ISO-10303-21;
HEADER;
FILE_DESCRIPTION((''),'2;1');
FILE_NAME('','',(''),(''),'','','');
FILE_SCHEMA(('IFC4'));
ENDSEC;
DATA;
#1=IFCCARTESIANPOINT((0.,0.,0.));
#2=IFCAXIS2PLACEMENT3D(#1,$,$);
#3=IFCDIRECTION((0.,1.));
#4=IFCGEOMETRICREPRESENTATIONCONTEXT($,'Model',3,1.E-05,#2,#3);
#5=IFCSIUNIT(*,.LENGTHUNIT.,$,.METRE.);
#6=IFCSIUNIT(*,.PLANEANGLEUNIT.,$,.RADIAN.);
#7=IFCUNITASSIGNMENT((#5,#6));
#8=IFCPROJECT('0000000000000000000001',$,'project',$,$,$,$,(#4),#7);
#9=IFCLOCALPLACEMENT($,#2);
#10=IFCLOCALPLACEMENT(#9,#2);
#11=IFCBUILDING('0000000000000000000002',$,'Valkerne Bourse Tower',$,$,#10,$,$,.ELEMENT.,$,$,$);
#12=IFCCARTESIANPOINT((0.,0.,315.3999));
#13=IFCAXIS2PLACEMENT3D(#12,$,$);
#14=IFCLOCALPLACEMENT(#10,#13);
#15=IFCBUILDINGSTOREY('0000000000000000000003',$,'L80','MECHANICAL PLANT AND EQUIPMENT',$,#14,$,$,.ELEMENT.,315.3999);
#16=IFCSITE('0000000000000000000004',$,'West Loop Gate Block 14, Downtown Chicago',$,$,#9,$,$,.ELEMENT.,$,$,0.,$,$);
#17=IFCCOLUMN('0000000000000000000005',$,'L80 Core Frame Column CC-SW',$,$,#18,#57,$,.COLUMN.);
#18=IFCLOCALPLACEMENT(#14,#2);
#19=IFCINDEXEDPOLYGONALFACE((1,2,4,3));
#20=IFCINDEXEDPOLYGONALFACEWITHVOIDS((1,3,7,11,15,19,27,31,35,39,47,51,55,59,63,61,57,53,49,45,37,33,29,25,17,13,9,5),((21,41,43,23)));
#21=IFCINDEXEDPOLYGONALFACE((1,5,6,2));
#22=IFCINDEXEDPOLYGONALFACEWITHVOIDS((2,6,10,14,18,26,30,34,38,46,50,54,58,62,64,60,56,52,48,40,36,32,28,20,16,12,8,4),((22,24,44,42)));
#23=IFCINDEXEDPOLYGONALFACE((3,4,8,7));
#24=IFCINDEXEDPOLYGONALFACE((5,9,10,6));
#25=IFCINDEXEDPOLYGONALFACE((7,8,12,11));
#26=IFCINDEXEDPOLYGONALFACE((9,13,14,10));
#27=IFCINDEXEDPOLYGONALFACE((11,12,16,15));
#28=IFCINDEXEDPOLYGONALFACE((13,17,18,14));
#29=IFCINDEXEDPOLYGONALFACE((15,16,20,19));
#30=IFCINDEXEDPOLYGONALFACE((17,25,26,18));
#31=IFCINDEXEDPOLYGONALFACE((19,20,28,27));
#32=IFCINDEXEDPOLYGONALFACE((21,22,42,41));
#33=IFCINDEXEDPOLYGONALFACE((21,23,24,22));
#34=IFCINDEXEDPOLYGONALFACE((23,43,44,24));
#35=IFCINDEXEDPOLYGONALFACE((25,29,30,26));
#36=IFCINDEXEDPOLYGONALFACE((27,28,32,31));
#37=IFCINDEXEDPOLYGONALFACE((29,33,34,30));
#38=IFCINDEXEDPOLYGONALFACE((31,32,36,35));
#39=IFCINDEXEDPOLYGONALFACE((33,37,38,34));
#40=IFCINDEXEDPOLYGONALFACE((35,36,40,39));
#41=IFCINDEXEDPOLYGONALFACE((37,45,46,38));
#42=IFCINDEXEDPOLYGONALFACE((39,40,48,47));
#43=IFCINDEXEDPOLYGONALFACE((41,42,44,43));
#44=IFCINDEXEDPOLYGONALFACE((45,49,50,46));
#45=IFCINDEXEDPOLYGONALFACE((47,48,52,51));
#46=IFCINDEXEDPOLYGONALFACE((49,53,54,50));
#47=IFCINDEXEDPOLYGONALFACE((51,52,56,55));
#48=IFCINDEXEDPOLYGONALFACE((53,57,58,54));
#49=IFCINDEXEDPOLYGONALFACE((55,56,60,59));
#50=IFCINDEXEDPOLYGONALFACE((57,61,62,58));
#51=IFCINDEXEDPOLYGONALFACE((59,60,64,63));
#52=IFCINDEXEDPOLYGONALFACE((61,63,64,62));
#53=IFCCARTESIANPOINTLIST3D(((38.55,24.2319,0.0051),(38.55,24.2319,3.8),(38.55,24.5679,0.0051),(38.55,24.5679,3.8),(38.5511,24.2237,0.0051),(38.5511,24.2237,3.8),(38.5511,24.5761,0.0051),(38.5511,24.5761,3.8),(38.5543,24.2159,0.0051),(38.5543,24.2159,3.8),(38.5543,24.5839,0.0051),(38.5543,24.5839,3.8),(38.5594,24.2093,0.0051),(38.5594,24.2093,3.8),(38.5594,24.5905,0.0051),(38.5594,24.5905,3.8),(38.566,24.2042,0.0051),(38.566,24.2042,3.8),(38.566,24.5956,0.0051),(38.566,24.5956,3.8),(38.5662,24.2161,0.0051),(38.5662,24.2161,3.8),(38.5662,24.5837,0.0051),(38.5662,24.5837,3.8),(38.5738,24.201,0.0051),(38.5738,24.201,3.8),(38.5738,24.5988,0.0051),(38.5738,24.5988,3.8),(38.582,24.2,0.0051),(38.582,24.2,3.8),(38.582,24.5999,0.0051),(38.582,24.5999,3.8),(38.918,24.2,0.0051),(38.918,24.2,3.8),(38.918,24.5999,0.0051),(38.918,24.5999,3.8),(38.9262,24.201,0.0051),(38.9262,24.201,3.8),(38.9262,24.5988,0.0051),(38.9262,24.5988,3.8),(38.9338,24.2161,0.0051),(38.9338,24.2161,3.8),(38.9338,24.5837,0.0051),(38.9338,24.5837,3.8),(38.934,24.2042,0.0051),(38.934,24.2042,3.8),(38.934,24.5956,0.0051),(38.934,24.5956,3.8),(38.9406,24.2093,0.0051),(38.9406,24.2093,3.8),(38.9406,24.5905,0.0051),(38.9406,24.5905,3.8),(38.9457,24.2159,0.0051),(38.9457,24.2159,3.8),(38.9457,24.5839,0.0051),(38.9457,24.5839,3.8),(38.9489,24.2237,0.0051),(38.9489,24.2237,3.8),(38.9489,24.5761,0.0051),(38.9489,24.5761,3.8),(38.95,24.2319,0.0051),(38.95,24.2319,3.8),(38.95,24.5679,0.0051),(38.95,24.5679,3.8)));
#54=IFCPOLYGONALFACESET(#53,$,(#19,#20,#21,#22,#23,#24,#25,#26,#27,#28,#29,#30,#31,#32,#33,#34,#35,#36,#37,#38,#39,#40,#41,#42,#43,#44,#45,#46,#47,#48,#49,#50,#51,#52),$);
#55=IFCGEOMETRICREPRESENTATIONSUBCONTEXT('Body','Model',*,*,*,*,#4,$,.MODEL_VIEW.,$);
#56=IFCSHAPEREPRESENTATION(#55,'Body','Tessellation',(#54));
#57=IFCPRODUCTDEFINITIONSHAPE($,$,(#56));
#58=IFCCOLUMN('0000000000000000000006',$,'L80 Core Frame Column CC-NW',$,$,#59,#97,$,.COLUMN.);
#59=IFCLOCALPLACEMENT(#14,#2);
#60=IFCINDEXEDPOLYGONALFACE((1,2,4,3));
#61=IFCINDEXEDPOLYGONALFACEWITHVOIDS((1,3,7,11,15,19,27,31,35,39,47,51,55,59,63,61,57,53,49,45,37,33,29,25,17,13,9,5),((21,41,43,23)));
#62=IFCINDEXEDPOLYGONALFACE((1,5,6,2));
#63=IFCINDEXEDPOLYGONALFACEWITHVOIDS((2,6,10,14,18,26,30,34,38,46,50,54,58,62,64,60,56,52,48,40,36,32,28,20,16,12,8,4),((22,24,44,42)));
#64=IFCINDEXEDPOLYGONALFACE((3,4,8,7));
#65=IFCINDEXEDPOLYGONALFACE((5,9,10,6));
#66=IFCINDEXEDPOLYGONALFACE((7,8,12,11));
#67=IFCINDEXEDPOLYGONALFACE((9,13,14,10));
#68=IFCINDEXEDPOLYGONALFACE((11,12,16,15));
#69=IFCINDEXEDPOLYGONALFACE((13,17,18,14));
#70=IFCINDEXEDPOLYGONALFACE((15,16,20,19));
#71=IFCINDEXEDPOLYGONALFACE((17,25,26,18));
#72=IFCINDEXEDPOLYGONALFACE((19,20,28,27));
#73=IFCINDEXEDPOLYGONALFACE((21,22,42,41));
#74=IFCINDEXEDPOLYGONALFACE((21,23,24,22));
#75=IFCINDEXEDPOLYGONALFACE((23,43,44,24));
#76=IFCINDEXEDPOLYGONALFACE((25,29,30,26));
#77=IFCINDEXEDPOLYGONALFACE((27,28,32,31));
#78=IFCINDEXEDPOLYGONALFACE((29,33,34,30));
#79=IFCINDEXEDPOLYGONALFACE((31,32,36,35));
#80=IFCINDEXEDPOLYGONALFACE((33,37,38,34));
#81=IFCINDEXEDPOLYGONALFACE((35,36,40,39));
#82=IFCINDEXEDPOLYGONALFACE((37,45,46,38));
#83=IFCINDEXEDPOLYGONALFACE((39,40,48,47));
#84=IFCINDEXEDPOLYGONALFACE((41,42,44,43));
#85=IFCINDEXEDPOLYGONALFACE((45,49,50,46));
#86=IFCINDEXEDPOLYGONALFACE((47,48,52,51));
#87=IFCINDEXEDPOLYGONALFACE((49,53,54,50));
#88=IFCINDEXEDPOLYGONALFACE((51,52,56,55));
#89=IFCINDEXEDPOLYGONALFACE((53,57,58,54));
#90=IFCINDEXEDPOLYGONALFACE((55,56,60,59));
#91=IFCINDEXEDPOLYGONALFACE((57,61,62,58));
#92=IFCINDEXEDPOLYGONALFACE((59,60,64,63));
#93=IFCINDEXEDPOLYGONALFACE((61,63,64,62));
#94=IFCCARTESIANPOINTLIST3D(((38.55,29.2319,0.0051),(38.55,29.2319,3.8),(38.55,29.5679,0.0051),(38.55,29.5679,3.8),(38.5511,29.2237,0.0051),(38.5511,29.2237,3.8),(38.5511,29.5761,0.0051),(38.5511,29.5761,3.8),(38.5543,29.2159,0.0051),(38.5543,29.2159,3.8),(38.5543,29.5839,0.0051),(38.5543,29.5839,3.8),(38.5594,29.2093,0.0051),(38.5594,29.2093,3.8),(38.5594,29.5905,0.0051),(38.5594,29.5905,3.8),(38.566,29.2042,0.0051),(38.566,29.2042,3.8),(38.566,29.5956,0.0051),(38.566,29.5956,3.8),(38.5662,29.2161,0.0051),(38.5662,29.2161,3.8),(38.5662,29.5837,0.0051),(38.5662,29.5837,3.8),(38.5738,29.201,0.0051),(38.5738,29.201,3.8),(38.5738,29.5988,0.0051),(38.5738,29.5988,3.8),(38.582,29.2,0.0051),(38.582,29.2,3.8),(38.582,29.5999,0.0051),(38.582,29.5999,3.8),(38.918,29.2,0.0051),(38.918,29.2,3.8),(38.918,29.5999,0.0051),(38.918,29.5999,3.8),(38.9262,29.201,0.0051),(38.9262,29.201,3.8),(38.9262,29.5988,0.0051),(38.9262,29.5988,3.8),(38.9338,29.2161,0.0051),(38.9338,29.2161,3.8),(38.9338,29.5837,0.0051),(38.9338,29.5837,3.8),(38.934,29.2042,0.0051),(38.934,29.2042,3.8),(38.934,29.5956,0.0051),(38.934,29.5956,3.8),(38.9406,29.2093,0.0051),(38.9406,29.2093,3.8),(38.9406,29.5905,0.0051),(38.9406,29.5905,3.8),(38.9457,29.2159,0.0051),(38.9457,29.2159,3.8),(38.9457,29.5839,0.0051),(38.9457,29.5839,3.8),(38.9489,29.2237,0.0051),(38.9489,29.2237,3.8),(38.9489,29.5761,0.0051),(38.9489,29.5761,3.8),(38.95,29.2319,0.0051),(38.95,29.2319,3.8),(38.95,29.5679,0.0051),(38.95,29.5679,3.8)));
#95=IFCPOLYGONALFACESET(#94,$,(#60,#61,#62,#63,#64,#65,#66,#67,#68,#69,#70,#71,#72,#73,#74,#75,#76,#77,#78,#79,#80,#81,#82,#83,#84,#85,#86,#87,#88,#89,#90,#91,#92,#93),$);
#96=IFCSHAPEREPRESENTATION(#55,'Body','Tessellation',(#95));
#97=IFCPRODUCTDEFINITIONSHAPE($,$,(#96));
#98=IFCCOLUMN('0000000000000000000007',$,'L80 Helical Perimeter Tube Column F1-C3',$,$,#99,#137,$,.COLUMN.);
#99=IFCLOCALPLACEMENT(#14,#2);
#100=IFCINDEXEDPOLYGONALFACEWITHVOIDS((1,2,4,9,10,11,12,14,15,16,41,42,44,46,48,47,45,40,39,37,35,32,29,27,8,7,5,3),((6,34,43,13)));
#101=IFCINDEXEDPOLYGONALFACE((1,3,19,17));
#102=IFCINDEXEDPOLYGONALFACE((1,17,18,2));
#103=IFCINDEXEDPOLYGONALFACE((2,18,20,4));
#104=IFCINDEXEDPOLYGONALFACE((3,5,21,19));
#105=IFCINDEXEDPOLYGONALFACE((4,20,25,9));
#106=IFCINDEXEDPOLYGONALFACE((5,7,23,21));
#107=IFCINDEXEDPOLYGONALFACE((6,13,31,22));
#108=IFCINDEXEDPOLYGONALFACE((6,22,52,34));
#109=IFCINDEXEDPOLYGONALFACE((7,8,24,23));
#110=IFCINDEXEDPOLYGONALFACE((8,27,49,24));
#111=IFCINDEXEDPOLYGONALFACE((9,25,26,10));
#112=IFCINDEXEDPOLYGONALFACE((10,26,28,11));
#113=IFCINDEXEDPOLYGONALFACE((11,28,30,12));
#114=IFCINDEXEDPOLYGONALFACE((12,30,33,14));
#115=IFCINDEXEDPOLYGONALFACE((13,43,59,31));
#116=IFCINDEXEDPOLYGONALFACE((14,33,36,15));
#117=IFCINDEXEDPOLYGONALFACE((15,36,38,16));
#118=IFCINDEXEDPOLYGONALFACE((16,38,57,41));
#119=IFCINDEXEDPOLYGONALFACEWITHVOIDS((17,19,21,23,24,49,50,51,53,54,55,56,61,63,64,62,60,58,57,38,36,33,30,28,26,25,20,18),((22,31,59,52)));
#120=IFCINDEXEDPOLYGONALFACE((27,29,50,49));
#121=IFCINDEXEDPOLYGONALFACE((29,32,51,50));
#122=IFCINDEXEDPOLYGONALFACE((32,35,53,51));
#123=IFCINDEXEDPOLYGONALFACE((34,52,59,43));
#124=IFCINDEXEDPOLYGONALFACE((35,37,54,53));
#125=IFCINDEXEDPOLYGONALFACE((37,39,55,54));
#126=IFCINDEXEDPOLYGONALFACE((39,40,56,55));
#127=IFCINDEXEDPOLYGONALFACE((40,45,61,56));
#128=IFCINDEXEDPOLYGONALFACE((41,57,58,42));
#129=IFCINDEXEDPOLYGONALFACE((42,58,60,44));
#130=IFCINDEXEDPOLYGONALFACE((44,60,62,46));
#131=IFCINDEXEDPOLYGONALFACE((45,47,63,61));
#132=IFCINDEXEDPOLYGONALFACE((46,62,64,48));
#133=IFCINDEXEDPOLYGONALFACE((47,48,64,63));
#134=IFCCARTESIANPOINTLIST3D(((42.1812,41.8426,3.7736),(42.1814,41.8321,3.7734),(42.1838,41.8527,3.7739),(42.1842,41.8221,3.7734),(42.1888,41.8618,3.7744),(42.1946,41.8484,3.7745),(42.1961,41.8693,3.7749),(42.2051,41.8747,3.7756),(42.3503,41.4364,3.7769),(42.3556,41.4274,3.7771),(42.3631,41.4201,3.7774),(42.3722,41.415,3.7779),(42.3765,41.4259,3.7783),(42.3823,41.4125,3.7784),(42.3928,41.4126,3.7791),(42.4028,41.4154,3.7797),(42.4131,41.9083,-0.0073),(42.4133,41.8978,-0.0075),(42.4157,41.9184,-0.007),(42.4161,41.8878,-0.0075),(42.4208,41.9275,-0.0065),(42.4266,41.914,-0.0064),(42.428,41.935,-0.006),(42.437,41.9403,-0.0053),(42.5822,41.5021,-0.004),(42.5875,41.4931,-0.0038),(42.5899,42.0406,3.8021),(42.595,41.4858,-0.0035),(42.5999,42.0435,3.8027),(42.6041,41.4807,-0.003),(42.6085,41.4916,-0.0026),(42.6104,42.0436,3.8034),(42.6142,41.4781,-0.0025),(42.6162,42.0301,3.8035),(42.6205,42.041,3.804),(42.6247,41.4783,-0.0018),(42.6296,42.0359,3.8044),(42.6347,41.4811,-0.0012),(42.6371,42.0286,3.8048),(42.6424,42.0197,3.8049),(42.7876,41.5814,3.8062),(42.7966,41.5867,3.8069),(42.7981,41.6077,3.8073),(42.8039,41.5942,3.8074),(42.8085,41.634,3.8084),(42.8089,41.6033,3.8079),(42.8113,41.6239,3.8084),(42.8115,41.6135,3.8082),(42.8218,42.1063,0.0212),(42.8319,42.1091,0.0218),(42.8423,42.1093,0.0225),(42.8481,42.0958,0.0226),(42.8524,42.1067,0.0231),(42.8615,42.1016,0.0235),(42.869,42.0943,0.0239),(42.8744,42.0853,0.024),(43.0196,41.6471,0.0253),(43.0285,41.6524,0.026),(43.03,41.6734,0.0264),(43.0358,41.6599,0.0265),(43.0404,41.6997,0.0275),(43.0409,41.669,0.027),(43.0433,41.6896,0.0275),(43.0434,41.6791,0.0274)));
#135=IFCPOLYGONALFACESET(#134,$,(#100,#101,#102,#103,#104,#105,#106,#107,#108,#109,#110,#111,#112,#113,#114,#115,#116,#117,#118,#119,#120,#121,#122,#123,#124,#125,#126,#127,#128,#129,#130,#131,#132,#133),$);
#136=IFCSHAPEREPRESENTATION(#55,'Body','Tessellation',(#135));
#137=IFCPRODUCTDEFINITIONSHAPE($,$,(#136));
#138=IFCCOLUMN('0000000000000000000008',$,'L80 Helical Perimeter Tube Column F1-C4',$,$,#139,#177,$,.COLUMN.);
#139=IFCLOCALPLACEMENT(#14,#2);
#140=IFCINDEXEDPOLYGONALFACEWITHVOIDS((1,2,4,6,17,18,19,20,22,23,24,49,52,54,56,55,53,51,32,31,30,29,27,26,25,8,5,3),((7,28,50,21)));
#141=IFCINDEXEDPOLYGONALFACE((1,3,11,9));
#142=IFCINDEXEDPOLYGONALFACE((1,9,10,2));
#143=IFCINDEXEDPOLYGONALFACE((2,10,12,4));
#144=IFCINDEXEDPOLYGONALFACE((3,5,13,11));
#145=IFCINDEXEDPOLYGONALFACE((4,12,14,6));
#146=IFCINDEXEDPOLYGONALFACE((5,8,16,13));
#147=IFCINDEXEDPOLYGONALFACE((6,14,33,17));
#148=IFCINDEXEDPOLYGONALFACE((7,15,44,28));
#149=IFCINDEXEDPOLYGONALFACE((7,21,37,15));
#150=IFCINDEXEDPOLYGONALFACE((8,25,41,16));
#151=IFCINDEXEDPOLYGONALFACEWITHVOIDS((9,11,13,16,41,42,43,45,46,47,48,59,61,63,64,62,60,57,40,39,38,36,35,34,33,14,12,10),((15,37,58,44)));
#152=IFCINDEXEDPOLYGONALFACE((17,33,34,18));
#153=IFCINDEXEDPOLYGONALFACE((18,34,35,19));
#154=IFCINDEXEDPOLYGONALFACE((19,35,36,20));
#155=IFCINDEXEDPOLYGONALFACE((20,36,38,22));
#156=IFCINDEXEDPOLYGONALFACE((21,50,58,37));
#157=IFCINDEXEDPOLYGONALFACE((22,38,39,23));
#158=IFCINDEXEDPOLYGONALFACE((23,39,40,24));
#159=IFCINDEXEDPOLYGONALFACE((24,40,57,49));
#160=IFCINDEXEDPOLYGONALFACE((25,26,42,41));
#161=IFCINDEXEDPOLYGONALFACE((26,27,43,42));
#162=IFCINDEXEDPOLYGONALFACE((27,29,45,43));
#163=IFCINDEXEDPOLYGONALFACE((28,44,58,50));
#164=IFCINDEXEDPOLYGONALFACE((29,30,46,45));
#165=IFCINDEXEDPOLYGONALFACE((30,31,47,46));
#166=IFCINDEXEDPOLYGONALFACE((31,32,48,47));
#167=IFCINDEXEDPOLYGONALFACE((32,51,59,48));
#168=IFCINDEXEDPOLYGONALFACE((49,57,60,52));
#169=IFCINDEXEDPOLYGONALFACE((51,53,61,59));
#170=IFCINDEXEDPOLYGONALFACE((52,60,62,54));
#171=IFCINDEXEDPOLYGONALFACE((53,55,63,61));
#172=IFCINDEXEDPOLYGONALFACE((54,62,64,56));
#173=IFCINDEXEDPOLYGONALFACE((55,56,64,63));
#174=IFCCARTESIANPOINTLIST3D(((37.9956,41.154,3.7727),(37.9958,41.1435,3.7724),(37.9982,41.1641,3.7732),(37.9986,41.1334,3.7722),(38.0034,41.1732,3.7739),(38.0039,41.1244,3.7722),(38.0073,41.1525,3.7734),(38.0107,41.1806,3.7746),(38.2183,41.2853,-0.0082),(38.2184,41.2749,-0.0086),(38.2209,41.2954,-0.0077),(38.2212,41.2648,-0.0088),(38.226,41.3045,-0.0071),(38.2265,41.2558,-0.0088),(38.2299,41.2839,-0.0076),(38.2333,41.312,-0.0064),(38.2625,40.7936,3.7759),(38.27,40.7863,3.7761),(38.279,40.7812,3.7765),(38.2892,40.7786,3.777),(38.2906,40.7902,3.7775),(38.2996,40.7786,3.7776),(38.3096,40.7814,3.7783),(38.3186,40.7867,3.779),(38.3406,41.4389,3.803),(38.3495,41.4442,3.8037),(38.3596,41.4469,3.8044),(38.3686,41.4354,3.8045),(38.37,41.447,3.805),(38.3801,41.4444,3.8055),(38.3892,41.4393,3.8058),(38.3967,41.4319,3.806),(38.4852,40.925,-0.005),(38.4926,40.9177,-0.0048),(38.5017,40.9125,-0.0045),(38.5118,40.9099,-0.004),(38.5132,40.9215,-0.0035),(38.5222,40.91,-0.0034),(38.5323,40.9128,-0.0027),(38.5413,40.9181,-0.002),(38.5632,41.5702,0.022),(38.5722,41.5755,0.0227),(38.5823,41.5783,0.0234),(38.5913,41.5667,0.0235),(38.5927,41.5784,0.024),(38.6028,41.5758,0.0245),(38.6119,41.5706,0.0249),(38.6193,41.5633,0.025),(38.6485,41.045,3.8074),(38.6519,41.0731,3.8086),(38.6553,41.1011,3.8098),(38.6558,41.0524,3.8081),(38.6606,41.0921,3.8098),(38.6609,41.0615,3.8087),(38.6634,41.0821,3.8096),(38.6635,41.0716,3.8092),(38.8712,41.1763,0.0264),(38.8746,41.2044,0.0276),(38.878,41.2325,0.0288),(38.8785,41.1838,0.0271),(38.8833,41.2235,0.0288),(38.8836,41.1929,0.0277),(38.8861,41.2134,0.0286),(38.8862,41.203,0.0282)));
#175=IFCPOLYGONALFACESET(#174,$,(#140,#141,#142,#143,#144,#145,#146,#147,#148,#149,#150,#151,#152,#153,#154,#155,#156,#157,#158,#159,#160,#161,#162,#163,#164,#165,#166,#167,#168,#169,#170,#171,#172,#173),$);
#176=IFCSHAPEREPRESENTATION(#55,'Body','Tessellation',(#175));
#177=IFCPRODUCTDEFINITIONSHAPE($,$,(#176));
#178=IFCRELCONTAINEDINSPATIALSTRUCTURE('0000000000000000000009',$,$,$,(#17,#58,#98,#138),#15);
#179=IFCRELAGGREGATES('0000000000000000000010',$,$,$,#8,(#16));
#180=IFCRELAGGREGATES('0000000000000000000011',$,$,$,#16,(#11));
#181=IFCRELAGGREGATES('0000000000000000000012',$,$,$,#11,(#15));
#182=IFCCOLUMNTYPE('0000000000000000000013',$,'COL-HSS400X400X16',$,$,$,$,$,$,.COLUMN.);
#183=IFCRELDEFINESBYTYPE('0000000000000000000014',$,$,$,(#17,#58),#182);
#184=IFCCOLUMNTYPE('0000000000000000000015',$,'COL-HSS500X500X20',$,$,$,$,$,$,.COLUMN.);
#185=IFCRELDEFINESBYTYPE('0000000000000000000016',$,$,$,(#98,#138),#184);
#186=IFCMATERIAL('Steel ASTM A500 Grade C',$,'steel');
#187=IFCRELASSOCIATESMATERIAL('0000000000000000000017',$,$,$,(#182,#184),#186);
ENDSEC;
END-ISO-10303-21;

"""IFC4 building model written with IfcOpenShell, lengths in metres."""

from ifc_helpers import new_model, si_unit, direction, frame, origin, origin_2d, place, context, subcontext, project, spatial, hollow_rectangle, extrude, material, material_profile, profile_set, type_object, element, save


model = new_model("IFC4")

# Units and contexts
model_context = context("Model", 3, precision=1e-05, world=origin(), true_north=direction((0.0, 1.0)))
body_context = subcontext(model_context, "Body", "Model", "MODEL_VIEW")
ifc_project = project(units=[si_unit("LENGTHUNIT", "METRE"), si_unit("PLANEANGLEUNIT", "RADIAN")], contexts=[model_context])

# Site, building, storey
site_placement = place(None, origin())
site = spatial("IfcSite", under=ifc_project, at=site_placement, Name="West Loop Gate Block 14, Downtown Chicago", CompositionType="ELEMENT", RefElevation=0.0)
building_placement = place(site_placement, origin())
building = spatial("IfcBuilding", under=site, at=building_placement, Name="Valkerne Bourse Tower", CompositionType="ELEMENT")
storey_placement = place(building_placement, frame((0.0, 0.0, 315.3999)))
storey = spatial("IfcBuildingStorey", under=building, at=storey_placement, Name="L80", Description="MECHANICAL PLANT AND EQUIPMENT", CompositionType="ELEMENT", Elevation=315.3999)

# Columns
ifc_material_1 = material(Name="Steel ASTM A500 Grade C", Category="steel")
ifc_material_profile_1 = material_profile(ifc_material_1, hollow_rectangle(XDim=0.3999, YDim=0.3999, WallThickness=0.0161, OuterFilletRadius=0.032, at=origin_2d()), Name="HSS400X400X16")
ifc_profile_set_1 = profile_set([ifc_material_profile_1], Name="Steel ASTM A500 Grade C")
column_type_1 = type_object("IfcColumnType", Name="COL-HSS400X400X16", PredefinedType="COLUMN", material=ifc_profile_set_1)
for number, where, z_axis, x_axis, name in (
    (1, (38.75, 24.3999, 0.0051), (0.0, 0.0, 1.0), (1.0, 0.0, 0.0), "L80 Core Frame Column CC-SW"),
    (2, (38.75, 29.3999, 0.0051), (0.0, 0.0, 1.0), (1.0, 0.0, 0.0), "L80 Core Frame Column CC-NW"),
):
    element("IfcColumn", number, at=place(storey_placement, frame(where, z_axis=z_axis, x_axis=x_axis)), inside=storey, type_object=column_type_1, Name=name, PredefinedType="COLUMN", context=body_context, shape_type="SweptSolid", body=[
        extrude(hollow_rectangle(XDim=0.3999, YDim=0.3999, WallThickness=0.0161, OuterFilletRadius=0.032, at=origin_2d()), origin(), (0.0, 0.0, 1.0), 3.7949),
    ])
ifc_material_profile_2 = material_profile(ifc_material_1, hollow_rectangle(XDim=0.5, YDim=0.5, WallThickness=0.02, OuterFilletRadius=0.04, at=origin_2d()), Name="HSS500X500X20")
ifc_profile_set_2 = profile_set([ifc_material_profile_2], Name="Steel ASTM A500 Grade C")
column_type_2 = type_object("IfcColumnType", Name="COL-HSS500X500X20", PredefinedType="COLUMN", material=ifc_profile_set_2)
column_placement = place(storey_placement, frame((42.7283, 41.7937, 0.01), z_axis=(-0.061217, -0.017334, 0.997974), x_axis=(-0.39545, 0.91845, -0.008305)))
element("IfcColumn", 3, at=column_placement, inside=storey, type_object=column_type_2, Name="L80 Helical Perimeter Tube Column F1-C3", PredefinedType="COLUMN", context=body_context, shape_type="SweptSolid", body=[
    extrude(hollow_rectangle(XDim=0.5, YDim=0.5, WallThickness=0.02, OuterFilletRadius=0.04, at=origin_2d()), origin(), (0.0, 0.0, 1.0), 3.7886),
])
for number, where, z_axis, x_axis, name in (
    (4, (38.5522, 41.2441, 0.01), (-0.058751, -0.034658, 0.997671), (-0.615907, 0.787769, -0.008903), "L80 Helical Perimeter Tube Column F1-C4"),
):
    element("IfcColumn", number, at=place(storey_placement, frame(where, z_axis=z_axis, x_axis=x_axis)), inside=storey, type_object=column_type_2, Name=name, PredefinedType="COLUMN", context=body_context, shape_type="SweptSolid", body=[
        extrude(hollow_rectangle(XDim=0.5, YDim=0.5, WallThickness=0.02, OuterFilletRadius=0.04, at=origin_2d()), origin(), (0.0, 0.0, 1.0), 3.7898),
    ])

save(model, "model.ifc")
